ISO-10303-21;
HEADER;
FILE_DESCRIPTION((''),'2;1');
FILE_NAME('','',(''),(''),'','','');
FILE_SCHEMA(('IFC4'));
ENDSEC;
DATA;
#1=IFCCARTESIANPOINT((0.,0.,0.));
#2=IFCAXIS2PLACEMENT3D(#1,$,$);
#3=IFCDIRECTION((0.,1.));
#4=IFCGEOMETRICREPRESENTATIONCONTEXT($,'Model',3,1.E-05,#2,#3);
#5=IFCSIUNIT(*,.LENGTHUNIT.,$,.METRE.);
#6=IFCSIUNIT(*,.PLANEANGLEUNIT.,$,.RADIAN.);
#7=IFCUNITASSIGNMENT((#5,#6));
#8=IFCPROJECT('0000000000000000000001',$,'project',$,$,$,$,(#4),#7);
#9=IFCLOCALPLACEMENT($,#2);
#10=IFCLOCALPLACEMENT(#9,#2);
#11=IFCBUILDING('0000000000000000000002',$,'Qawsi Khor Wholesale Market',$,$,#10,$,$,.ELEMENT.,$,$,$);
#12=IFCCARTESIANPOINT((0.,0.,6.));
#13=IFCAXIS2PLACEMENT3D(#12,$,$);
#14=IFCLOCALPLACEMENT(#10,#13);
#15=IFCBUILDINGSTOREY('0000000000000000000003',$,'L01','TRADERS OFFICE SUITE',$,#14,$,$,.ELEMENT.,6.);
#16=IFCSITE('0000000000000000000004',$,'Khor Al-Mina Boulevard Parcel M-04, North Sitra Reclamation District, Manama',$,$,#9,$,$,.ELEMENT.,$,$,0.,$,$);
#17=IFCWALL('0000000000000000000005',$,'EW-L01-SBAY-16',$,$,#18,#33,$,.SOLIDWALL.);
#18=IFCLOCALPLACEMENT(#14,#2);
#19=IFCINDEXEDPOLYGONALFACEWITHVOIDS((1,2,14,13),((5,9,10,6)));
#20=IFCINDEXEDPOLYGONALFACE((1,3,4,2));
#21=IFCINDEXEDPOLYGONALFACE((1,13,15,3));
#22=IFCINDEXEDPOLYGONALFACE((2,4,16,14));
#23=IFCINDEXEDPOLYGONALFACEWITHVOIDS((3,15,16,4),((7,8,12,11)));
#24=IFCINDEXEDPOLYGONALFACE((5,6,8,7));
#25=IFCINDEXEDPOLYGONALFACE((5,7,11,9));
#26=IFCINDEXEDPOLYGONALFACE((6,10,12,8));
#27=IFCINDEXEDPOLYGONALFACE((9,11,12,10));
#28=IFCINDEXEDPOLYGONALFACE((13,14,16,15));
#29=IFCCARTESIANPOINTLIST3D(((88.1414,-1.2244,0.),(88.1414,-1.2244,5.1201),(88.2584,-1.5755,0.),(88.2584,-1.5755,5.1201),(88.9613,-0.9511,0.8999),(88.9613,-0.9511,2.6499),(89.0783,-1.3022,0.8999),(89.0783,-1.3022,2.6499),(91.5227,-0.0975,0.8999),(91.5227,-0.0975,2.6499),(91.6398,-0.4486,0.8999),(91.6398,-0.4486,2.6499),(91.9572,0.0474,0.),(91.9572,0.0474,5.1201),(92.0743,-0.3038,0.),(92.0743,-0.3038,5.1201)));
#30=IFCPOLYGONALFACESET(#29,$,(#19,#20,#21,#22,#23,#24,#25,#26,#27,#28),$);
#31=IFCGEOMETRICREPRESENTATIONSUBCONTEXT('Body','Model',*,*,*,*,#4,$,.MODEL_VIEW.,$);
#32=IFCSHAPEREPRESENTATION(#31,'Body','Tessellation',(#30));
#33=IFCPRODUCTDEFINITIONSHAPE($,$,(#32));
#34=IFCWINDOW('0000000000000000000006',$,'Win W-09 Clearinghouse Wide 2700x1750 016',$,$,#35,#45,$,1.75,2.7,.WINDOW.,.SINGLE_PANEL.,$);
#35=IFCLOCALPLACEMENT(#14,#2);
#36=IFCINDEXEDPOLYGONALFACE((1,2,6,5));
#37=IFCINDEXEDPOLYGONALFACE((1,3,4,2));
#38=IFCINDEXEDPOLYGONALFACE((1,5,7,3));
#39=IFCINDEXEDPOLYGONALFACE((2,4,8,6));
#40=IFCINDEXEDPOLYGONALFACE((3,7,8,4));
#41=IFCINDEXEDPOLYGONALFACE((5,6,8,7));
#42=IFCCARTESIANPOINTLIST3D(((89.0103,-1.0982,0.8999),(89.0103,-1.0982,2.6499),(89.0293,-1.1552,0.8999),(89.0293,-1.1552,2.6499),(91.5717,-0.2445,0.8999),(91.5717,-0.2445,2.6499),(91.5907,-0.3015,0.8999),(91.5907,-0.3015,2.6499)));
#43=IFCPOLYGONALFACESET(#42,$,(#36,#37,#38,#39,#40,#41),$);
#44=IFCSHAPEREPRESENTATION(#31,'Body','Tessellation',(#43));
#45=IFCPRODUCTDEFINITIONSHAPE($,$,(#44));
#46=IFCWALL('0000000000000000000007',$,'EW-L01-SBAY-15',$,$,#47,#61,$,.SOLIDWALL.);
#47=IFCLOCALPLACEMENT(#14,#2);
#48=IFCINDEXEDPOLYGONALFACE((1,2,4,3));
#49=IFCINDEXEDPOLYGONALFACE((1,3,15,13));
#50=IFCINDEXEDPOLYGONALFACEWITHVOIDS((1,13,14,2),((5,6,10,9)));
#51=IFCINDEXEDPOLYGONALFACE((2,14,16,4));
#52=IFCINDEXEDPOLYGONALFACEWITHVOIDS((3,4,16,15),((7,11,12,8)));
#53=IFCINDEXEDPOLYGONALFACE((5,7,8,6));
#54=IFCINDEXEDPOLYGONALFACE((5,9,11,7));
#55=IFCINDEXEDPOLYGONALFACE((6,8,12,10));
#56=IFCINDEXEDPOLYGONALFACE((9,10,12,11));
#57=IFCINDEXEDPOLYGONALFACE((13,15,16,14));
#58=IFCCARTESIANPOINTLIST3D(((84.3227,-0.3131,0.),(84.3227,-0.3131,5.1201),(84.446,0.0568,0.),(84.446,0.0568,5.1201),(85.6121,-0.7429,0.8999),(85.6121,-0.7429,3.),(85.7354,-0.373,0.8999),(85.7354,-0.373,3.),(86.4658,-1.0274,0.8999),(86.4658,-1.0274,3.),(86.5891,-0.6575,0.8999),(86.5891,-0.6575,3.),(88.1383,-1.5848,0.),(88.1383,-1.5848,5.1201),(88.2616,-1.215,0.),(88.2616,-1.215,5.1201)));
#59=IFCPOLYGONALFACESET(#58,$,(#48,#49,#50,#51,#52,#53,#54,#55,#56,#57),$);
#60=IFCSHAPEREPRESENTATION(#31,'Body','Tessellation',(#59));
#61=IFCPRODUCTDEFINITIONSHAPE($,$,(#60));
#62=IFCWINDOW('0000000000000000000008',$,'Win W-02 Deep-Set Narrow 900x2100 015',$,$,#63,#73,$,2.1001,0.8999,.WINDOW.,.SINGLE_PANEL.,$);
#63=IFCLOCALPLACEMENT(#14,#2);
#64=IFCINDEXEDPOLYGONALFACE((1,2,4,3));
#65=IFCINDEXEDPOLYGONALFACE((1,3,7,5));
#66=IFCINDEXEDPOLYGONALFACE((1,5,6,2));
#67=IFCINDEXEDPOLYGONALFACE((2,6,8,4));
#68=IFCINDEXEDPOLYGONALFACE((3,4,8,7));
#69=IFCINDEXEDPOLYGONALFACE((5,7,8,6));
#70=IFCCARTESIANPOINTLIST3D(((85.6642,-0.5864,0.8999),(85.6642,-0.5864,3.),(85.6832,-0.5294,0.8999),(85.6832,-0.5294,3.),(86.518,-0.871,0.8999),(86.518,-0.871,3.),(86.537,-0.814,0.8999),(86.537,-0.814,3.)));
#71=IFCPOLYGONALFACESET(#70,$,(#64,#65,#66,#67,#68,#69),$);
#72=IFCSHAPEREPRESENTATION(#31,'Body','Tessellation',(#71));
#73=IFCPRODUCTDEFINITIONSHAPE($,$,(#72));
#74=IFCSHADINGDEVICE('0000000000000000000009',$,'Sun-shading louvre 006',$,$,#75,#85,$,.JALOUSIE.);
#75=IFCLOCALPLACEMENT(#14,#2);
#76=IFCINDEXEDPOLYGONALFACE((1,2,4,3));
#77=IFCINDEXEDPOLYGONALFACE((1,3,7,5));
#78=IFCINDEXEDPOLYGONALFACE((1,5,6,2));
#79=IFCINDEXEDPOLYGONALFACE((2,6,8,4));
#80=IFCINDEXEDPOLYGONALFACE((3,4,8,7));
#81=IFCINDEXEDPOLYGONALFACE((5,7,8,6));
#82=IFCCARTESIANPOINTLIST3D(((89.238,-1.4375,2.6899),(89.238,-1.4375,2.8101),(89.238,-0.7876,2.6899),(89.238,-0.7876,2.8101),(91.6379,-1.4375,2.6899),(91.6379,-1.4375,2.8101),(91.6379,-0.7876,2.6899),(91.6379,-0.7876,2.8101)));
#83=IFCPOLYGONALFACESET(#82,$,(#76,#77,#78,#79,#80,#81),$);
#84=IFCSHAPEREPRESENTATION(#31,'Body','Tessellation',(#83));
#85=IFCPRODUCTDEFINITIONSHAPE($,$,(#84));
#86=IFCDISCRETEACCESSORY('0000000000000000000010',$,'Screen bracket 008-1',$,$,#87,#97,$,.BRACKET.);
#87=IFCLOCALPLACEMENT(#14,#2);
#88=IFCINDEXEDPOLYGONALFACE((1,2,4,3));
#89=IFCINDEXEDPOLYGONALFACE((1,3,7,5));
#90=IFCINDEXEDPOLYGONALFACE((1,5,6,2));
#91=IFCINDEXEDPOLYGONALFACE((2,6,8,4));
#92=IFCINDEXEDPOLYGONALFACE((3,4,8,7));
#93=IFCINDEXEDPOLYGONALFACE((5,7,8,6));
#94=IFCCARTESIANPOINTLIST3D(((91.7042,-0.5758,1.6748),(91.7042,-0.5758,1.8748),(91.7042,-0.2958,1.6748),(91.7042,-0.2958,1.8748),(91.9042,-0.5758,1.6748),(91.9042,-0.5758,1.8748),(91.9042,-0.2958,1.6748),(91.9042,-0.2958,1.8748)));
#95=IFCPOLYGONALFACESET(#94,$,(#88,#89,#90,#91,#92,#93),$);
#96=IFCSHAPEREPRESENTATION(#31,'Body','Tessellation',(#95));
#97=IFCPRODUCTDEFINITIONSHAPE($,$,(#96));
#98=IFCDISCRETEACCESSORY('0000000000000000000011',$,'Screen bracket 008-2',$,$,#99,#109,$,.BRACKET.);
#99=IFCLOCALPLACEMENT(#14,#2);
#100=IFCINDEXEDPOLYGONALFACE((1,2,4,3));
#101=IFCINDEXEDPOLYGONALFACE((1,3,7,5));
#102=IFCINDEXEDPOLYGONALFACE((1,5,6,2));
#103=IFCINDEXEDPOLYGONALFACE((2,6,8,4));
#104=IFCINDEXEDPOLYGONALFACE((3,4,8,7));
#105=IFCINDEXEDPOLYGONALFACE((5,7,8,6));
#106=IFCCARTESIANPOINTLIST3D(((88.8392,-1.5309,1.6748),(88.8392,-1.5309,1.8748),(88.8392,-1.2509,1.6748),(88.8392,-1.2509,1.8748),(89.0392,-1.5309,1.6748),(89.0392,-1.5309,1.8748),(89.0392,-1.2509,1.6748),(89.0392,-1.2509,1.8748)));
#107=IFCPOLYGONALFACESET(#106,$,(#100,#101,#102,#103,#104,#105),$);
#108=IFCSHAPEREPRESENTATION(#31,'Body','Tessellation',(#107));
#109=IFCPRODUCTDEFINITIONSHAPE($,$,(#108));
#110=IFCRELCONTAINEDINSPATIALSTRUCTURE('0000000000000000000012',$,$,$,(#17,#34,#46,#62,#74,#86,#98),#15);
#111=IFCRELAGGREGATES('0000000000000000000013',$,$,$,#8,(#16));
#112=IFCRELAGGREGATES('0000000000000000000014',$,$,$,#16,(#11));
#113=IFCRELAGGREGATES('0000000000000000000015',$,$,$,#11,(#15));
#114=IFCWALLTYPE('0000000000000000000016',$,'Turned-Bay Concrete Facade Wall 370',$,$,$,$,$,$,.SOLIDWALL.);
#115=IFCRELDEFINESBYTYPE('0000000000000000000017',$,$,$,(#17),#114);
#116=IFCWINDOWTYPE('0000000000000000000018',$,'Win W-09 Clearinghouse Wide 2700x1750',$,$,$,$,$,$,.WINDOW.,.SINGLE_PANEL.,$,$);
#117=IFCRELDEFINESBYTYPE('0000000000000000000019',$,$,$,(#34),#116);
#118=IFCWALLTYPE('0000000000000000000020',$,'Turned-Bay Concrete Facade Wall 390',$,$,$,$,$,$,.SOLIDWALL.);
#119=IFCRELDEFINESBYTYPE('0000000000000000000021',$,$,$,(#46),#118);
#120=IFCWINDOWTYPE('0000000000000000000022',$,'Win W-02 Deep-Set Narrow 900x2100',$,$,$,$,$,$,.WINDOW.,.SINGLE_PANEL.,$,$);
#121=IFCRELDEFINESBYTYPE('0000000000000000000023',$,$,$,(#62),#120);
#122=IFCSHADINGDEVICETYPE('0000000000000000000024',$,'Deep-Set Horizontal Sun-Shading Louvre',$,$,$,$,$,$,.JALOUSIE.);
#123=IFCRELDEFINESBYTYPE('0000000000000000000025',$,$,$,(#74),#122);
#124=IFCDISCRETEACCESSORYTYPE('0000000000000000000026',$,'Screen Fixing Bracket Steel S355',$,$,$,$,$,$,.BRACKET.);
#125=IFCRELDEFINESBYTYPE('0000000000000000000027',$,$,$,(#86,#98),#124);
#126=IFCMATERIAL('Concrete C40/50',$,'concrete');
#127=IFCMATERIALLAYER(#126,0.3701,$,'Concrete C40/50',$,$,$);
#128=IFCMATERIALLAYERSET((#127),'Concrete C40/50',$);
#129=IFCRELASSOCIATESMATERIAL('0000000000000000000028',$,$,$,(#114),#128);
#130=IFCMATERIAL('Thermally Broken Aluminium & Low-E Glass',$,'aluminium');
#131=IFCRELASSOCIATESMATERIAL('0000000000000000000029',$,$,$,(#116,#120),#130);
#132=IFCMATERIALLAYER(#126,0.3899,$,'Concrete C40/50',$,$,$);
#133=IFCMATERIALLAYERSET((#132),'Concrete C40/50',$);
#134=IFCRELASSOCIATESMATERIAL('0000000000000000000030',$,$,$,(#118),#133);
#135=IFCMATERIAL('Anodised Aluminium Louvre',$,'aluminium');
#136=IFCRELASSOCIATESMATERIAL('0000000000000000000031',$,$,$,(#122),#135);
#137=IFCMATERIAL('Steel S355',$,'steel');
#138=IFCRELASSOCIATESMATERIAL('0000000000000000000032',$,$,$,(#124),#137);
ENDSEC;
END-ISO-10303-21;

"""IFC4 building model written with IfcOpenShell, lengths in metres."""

from ifc_helpers import new_model, si_unit, direction, frame, frame_2d, origin, origin_2d, place, context, subcontext, project, spatial, rectangle, extrude, material, layer, layer_set, type_object, element, fill, save


model = new_model("IFC4")

# Units and contexts
model_context = context("Model", 3, precision=1e-05, world=origin(), true_north=direction((0.0, 1.0)))
body_context = subcontext(model_context, "Body", "Model", "MODEL_VIEW")
ifc_project = project(units=[si_unit("LENGTHUNIT", "METRE"), si_unit("PLANEANGLEUNIT", "RADIAN")], contexts=[model_context])

# Site, building, storey
site_placement = place(None, origin())
site = spatial("IfcSite", under=ifc_project, at=site_placement, Name="Khor Al-Mina Boulevard Parcel M-04, North Sitra Reclamation District, Manama", CompositionType="ELEMENT", RefElevation=0.0)
building_placement = place(site_placement, origin())
building = spatial("IfcBuilding", under=site, at=building_placement, Name="Qawsi Khor Wholesale Market", CompositionType="ELEMENT")
storey_placement = place(building_placement, frame((0.0, 0.0, 6.0)))
storey = spatial("IfcBuildingStorey", under=building, at=storey_placement, Name="L01", Description="TRADERS OFFICE SUITE", CompositionType="ELEMENT", Elevation=6.0)

# Shared definitions
ifc_material_1 = material(Name="Concrete C40/50", Category="concrete")

# Shared definitions
ifc_material_2 = material(Name="Steel S355", Category="steel")

# Walls, openings, windows
ifc_layer_1 = layer(ifc_material_1, 0.3701, Name="Concrete C40/50")
ifc_layer_set_1 = layer_set([ifc_layer_1], Name="Concrete C40/50")
wall_type_1 = type_object("IfcWallType", Name="Turned-Bay Concrete Facade Wall 370", PredefinedType="SOLIDWALL", material=ifc_layer_set_1)
ifc_material_3 = material(Name="Thermally Broken Aluminium & Low-E Glass", Category="aluminium")
wall_1_placement = place(storey_placement, frame((92.0159, -0.1282, 0.0), z_axis=(0.0, 0.0, 1.0), x_axis=(-0.948702, -0.316173, 0.0)))
wall_1 = element("IfcWall", 1, at=wall_1_placement, inside=storey, type_object=wall_type_1, Name="EW-L01-SBAY-16", PredefinedType="SOLIDWALL", context=body_context, shape_type="SweptSolid", body=[
    extrude(rectangle(XDim=4.0222, YDim=0.3701, at=frame_2d((2.0112, 0.0))), origin(), (0.0, 0.0, 1.0), 5.1201),
])
opening_1_placement = place(wall_1_placement, frame((0.458, 0.0, 0.8999)))
opening_1 = element("IfcOpeningElement", 2, at=opening_1_placement, cuts=wall_1, PredefinedType="OPENING", context=body_context, shape_type="SweptSolid", body=[
    extrude(rectangle(XDim=2.7, YDim=1.75, at=frame_2d((1.3501, 0.875))), frame((0.0, 0.1951, 0.0), z_axis=(0.0, -1.0, 0.0), x_axis=(1.0, 0.0, 0.0)), (0.0, 0.0, 1.0), 0.3901),
])
window_type_1 = type_object("IfcWindowType", Name="Win W-09 Clearinghouse Wide 2700x1750", PartitioningType="SINGLE_PANEL", PredefinedType="WINDOW", material=ifc_material_3)
window_1_placement = place(opening_1_placement, origin())
window_1 = element("IfcWindow", 3, at=window_1_placement, inside=storey, type_object=window_type_1, Name="Win W-09 Clearinghouse Wide 2700x1750 016", OverallHeight=1.75, OverallWidth=2.7, PartitioningType="SINGLE_PANEL", PredefinedType="WINDOW", context=body_context, shape_type="SweptSolid", body=[
    extrude(rectangle(XDim=2.7, YDim=1.75, at=frame_2d((1.3501, 0.875))), frame((0.0, 0.03, 0.0), z_axis=(0.0, -1.0, 0.0), x_axis=(1.0, 0.0, 0.0)), (0.0, 0.0, 1.0), 0.0601),
])
fill(opening_1, window_1)
ifc_layer_2 = layer(ifc_material_1, 0.3899, Name="Concrete C40/50")
ifc_layer_set_2 = layer_set([ifc_layer_2], Name="Concrete C40/50")
wall_type_2 = type_object("IfcWallType", Name="Turned-Bay Concrete Facade Wall 390", PredefinedType="SOLIDWALL", material=ifc_layer_set_2)
wall_2_placement = place(storey_placement, frame((88.2, -1.3999, 0.0), z_axis=(0.0, 0.0, 1.0), x_axis=(-0.948695, 0.316191, 0.0)))
wall_2 = element("IfcWall", 4, at=wall_2_placement, inside=storey, type_object=wall_type_2, Name="EW-L01-SBAY-15", PredefinedType="SOLIDWALL", context=body_context, shape_type="SweptSolid", body=[
    extrude(rectangle(XDim=4.022, YDim=0.3899, at=frame_2d((2.011, 0.0))), origin(), (0.0, 0.0, 1.0), 5.1201),
])
opening_2_placement = place(wall_2_placement, frame((1.7629, 0.0, 0.8999)))
opening_2 = element("IfcOpeningElement", 5, at=opening_2_placement, cuts=wall_2, PredefinedType="OPENING", context=body_context, shape_type="SweptSolid", body=[
    extrude(rectangle(XDim=0.8999, YDim=2.1001, at=frame_2d((0.45, 1.05))), frame((0.0, 0.2048, 0.0), z_axis=(0.0, -1.0, 0.0), x_axis=(1.0, 0.0, 0.0)), (0.0, 0.0, 1.0), 0.4099),
])
window_type_2 = type_object("IfcWindowType", Name="Win W-02 Deep-Set Narrow 900x2100", PartitioningType="SINGLE_PANEL", PredefinedType="WINDOW", material=ifc_material_3)
window_2_placement = place(opening_2_placement, origin())
window_2 = element("IfcWindow", 6, at=window_2_placement, inside=storey, type_object=window_type_2, Name="Win W-02 Deep-Set Narrow 900x2100 015", OverallHeight=2.1001, OverallWidth=0.8999, PartitioningType="SINGLE_PANEL", PredefinedType="WINDOW", context=body_context, shape_type="SweptSolid", body=[
    extrude(rectangle(XDim=0.8999, YDim=2.1001, at=frame_2d((0.45, 1.05))), frame((0.0, 0.03, 0.0), z_axis=(0.0, -1.0, 0.0), x_axis=(1.0, 0.0, 0.0)), (0.0, 0.0, 1.0), 0.0601),
])
fill(opening_2, window_2)

# Shading device
ifc_material_4 = material(Name="Anodised Aluminium Louvre", Category="aluminium")
shading_device_type = type_object("IfcShadingDeviceType", Name="Deep-Set Horizontal Sun-Shading Louvre", PredefinedType="JALOUSIE", material=ifc_material_4)
shading_device_placement = place(storey_placement, frame((90.438, -1.1125, 2.6899), z_axis=(0.0, 0.0, 1.0), x_axis=(1.0, 0.0, 0.0)))
element("IfcShadingDevice", 7, at=shading_device_placement, inside=storey, type_object=shading_device_type, Name="Sun-shading louvre 006", PredefinedType="JALOUSIE", context=body_context, shape_type="SweptSolid", body=[
    extrude(rectangle(XDim=2.3999, YDim=0.6499, at=origin_2d()), origin(), (0.0, 0.0, 1.0), 0.1201),
])

# Discrete accessories
discrete_accessory_type = type_object("IfcDiscreteAccessoryType", Name="Screen Fixing Bracket Steel S355", PredefinedType="BRACKET", material=ifc_material_2)
for number, where, z_axis, x_axis, name in (
    (8, (91.8042, -0.4358, 1.6748), (0.0, 0.0, 1.0), (1.0, 0.0, 0.0), "Screen bracket 008-1"),
    (9, (88.9392, -1.3909, 1.6748), (0.0, 0.0, 1.0), (1.0, 0.0, 0.0), "Screen bracket 008-2"),
):
    element("IfcDiscreteAccessory", number, at=place(storey_placement, frame(where, z_axis=z_axis, x_axis=x_axis)), inside=storey, type_object=discrete_accessory_type, Name=name, PredefinedType="BRACKET", context=body_context, shape_type="SweptSolid", body=[
        extrude(rectangle(XDim=0.2, YDim=0.28, at=origin_2d()), origin(), (0.0, 0.0, 1.0), 0.2),
    ])

save(model, "model.ifc")
